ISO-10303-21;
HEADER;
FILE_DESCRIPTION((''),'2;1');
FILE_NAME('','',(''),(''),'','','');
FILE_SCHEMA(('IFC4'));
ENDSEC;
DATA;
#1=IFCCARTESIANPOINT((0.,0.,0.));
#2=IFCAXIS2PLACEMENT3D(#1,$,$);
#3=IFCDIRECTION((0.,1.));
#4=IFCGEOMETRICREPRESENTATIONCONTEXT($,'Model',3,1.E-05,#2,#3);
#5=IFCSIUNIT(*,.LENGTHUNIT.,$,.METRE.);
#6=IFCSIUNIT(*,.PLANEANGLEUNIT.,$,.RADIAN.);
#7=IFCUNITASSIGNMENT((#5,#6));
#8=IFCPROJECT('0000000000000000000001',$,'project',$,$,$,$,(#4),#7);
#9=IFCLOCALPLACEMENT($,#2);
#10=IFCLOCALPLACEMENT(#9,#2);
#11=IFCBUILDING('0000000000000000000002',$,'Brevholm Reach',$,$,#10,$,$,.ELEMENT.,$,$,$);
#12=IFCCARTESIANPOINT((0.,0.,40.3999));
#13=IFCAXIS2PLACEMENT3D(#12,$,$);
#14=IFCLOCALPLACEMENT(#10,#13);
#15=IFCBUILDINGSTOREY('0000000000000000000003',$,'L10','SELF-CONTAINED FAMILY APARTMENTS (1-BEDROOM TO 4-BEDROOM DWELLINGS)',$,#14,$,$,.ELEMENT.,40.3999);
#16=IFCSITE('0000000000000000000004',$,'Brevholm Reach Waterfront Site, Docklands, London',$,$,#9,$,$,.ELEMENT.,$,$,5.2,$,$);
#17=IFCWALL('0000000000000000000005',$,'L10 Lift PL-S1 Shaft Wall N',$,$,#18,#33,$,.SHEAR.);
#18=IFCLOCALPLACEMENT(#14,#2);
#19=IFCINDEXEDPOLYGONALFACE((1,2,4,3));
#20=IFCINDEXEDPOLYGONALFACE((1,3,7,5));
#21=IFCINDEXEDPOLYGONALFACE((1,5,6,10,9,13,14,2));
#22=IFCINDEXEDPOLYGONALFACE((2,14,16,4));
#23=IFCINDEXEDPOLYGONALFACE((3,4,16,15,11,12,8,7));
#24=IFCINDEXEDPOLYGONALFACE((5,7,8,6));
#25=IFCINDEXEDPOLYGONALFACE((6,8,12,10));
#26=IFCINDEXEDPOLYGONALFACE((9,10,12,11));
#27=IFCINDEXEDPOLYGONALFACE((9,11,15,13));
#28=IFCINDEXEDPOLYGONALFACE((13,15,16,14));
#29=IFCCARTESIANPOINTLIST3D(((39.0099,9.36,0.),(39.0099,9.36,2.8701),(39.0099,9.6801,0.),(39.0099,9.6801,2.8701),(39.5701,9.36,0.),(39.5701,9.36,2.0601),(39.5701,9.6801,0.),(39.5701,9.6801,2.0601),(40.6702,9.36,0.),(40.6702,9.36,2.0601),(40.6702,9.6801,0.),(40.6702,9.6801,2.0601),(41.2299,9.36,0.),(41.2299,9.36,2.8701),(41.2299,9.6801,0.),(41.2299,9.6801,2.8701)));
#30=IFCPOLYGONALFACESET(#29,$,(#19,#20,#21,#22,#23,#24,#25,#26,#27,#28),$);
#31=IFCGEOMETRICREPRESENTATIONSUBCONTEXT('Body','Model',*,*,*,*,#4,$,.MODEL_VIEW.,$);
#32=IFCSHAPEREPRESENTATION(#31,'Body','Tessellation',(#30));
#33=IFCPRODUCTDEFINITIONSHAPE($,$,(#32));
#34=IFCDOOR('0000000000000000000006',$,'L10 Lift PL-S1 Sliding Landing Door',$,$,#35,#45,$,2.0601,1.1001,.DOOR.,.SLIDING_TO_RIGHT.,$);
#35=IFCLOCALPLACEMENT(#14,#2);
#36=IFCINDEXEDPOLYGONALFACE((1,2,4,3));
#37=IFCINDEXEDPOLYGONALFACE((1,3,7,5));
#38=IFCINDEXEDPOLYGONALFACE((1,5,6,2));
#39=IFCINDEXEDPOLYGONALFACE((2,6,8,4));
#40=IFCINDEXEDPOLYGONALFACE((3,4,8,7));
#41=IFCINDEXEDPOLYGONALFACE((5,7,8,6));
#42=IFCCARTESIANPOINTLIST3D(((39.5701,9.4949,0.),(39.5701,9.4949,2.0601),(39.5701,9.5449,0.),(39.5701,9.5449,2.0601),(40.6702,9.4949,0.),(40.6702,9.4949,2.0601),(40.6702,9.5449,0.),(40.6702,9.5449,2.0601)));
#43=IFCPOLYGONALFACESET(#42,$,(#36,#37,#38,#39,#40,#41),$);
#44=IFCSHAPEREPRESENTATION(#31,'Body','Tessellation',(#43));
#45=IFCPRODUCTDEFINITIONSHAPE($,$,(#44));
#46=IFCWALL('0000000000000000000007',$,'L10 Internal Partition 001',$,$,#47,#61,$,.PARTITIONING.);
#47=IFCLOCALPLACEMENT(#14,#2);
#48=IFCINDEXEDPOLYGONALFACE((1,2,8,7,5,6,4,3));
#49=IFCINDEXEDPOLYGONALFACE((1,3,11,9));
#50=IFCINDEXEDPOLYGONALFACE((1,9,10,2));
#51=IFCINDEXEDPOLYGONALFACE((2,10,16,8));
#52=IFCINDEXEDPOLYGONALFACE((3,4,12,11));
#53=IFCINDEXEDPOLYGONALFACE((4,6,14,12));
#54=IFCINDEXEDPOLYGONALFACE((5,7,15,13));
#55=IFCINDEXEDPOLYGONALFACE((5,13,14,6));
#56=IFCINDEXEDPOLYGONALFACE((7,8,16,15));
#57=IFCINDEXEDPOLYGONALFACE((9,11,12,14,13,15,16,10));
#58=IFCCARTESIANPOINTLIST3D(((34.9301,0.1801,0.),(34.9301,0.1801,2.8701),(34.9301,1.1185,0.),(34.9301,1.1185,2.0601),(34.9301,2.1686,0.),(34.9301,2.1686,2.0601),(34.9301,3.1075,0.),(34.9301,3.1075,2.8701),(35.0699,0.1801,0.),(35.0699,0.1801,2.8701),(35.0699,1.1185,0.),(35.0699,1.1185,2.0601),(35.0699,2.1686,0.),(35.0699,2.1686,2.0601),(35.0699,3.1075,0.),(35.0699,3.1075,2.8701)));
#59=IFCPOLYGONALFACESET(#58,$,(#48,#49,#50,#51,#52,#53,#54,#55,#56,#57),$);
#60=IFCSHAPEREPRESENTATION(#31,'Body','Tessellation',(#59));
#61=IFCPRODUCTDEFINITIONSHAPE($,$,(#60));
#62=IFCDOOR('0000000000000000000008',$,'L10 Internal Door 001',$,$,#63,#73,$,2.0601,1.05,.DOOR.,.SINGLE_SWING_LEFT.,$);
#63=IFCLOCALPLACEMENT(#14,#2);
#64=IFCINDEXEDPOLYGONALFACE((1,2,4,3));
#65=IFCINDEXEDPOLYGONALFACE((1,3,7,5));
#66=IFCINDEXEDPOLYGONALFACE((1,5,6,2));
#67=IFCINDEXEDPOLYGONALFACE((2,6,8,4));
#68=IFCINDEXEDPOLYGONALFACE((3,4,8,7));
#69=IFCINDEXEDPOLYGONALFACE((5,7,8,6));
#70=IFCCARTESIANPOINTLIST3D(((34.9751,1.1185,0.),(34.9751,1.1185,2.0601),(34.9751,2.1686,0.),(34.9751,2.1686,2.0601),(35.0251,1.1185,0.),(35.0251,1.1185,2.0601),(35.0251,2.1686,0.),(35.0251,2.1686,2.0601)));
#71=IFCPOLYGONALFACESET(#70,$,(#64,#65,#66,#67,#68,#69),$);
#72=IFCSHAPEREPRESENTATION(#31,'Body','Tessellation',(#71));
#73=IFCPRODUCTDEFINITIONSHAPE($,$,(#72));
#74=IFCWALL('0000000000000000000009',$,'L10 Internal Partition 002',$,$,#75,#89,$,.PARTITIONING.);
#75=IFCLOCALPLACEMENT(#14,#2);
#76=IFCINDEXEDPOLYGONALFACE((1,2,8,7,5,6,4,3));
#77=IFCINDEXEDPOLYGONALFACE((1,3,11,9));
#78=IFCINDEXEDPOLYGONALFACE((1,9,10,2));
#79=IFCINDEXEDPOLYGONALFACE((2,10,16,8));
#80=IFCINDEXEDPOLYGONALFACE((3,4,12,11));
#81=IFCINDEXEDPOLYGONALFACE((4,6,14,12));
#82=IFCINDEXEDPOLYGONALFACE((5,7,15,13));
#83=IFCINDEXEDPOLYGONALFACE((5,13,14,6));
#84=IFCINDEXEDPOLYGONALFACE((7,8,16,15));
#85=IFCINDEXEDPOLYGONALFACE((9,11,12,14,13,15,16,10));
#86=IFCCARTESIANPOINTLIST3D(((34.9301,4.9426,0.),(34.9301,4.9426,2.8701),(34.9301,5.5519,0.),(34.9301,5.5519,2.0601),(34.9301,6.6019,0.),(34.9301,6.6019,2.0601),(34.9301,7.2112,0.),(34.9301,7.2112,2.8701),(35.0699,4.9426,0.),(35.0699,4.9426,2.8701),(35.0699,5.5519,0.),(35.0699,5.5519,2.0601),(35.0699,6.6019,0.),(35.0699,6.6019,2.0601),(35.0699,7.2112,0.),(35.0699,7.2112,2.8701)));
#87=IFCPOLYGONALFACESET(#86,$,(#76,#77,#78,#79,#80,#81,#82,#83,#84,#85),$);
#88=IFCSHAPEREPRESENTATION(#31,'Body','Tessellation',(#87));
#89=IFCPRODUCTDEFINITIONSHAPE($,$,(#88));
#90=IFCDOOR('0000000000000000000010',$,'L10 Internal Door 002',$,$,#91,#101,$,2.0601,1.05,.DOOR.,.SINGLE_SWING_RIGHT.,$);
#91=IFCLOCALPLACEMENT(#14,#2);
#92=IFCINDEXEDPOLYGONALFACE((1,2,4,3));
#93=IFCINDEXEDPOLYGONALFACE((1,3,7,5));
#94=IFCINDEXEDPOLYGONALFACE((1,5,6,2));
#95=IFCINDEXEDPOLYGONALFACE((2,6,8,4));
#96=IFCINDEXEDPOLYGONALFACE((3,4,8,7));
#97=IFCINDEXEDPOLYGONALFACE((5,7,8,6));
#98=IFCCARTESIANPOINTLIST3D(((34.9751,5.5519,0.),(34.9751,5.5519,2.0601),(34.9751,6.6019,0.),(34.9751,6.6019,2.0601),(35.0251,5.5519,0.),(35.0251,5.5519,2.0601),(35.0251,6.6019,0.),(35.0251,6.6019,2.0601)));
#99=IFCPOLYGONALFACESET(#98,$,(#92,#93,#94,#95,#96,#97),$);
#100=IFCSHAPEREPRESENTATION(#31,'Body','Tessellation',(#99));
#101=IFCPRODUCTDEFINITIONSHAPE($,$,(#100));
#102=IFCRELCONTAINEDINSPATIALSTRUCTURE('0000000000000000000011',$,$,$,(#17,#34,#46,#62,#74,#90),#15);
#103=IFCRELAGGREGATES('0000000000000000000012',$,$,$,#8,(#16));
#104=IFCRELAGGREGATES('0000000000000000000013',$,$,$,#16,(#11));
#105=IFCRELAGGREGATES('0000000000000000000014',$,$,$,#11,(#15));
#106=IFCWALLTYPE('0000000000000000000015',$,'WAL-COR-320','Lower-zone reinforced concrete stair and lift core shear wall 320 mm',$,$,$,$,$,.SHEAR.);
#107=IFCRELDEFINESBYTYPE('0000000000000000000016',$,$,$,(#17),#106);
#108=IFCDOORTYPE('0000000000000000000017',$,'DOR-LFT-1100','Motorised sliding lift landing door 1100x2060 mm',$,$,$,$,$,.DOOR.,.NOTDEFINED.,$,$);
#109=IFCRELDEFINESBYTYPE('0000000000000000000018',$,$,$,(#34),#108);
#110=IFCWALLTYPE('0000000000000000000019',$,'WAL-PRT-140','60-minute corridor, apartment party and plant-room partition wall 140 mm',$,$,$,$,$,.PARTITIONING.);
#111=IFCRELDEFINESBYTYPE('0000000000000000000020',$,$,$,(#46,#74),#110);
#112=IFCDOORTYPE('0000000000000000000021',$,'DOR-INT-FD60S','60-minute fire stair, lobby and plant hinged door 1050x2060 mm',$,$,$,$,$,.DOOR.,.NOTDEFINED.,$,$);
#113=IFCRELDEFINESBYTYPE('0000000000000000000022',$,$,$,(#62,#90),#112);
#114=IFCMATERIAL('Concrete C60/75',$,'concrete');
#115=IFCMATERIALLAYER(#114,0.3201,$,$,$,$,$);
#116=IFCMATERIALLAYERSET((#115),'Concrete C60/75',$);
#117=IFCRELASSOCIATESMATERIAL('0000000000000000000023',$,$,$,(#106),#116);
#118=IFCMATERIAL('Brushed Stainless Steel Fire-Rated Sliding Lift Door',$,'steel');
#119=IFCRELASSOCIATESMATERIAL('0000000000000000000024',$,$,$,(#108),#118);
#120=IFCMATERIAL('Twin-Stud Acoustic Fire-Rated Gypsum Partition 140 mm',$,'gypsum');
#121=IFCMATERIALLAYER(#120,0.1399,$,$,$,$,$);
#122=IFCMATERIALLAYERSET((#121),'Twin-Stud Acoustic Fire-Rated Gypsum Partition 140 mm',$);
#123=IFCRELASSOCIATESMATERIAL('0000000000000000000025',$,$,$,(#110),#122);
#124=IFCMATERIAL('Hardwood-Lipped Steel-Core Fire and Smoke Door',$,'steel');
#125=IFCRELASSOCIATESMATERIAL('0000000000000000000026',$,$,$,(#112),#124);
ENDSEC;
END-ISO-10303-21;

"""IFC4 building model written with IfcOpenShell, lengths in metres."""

from ifc_helpers import new_model, si_unit, direction, frame, frame_2d, origin, place, context, subcontext, project, spatial, rectangle, extrude, material, layer, layer_set, type_object, element, fill, save


model = new_model("IFC4")

# Units and contexts
model_context = context("Model", 3, precision=1e-05, world=origin(), true_north=direction((0.0, 1.0)))
body_context = subcontext(model_context, "Body", "Model", "MODEL_VIEW")
ifc_project = project(units=[si_unit("LENGTHUNIT", "METRE"), si_unit("PLANEANGLEUNIT", "RADIAN")], contexts=[model_context])

# Site, building, storey
site_placement = place(None, origin())
site = spatial("IfcSite", under=ifc_project, at=site_placement, Name="Brevholm Reach Waterfront Site, Docklands, London", CompositionType="ELEMENT", RefElevation=5.2)
building_placement = place(site_placement, origin())
building = spatial("IfcBuilding", under=site, at=building_placement, Name="Brevholm Reach", CompositionType="ELEMENT")
storey_placement = place(building_placement, frame((0.0, 0.0, 40.3999)))
storey = spatial("IfcBuildingStorey", under=building, at=storey_placement, Name="L10", Description="SELF-CONTAINED FAMILY APARTMENTS (1-BEDROOM TO 4-BEDROOM DWELLINGS)", CompositionType="ELEMENT", Elevation=40.3999)

# Shared definitions
ifc_material_1 = material(Name="Concrete C60/75", Category="concrete")
ifc_layer_1 = layer(ifc_material_1, 0.3201)
ifc_layer_set_1 = layer_set([ifc_layer_1], Name="Concrete C60/75")
wall_type_1 = type_object("IfcWallType", Name="WAL-COR-320", Description="Lower-zone reinforced concrete stair and lift core shear wall 320 mm", PredefinedType="SHEAR", material=ifc_layer_set_1)

# Walls, openings, doors
wall_1_placement = place(storey_placement, frame((39.01, 9.52, 0.0), z_axis=(0.0, 0.0, 1.0), x_axis=(1.0, 0.0, 0.0)))
wall_1 = element("IfcWall", 1, at=wall_1_placement, inside=storey, type_object=wall_type_1, Name="L10 Lift PL-S1 Shaft Wall N", PredefinedType="SHEAR", context=body_context, shape_type="SweptSolid", body=[
    extrude(rectangle(XDim=2.22, YDim=0.3201, at=frame_2d((1.1099, 0.0))), origin(), (0.0, 0.0, 1.0), 2.8701),
])
opening_1_placement = place(wall_1_placement, frame((0.5601, 0.0, 0.0)))
opening_1 = element("IfcOpeningElement", 2, at=opening_1_placement, cuts=wall_1, PredefinedType="OPENING", context=body_context, shape_type="SweptSolid", body=[
    extrude(rectangle(XDim=1.1001, YDim=2.0601, at=frame_2d((0.55, 1.03))), frame((0.0, 0.1699, 0.0), z_axis=(0.0, -1.0, 0.0), x_axis=(1.0, 0.0, 0.0)), (0.0, 0.0, 1.0), 0.3401),
])
ifc_material_2 = material(Name="Brushed Stainless Steel Fire-Rated Sliding Lift Door", Category="steel")
door_type_1 = type_object("IfcDoorType", Name="DOR-LFT-1100", Description="Motorised sliding lift landing door 1100x2060 mm", OperationType="NOTDEFINED", PredefinedType="DOOR", material=ifc_material_2)
door_1_placement = place(opening_1_placement, origin())
door_1 = element("IfcDoor", 3, at=door_1_placement, inside=storey, type_object=door_type_1, Name="L10 Lift PL-S1 Sliding Landing Door", OperationType="SLIDING_TO_RIGHT", OverallHeight=2.0601, OverallWidth=1.1001, PredefinedType="DOOR", context=body_context, shape_type="SweptSolid", body=[
    extrude(rectangle(XDim=1.1001, YDim=2.0601, at=frame_2d((0.55, 1.03))), frame((0.0, 0.0249, 0.0), z_axis=(0.0, -1.0, 0.0), x_axis=(1.0, 0.0, 0.0)), (0.0, 0.0, 1.0), 0.05),
])
fill(opening_1, door_1)
ifc_material_3 = material(Name="Twin-Stud Acoustic Fire-Rated Gypsum Partition 140 mm", Category="gypsum")
ifc_layer_2 = layer(ifc_material_3, 0.1399)
ifc_layer_set_2 = layer_set([ifc_layer_2], Name="Twin-Stud Acoustic Fire-Rated Gypsum Partition 140 mm")
wall_type_2 = type_object("IfcWallType", Name="WAL-PRT-140", Description="60-minute corridor, apartment party and plant-room partition wall 140 mm", PredefinedType="PARTITIONING", material=ifc_layer_set_2)
wall_2_placement = place(storey_placement, frame((35.0, 0.1799, 0.0), z_axis=(0.0, 0.0, 1.0), x_axis=(0.0, 1.0, 0.0)))
wall_2 = element("IfcWall", 4, at=wall_2_placement, inside=storey, type_object=wall_type_2, Name="L10 Internal Partition 001", PredefinedType="PARTITIONING", context=body_context, shape_type="SweptSolid", body=[
    extrude(rectangle(XDim=2.9275, YDim=0.1399, at=frame_2d((1.4639, 0.0))), origin(), (0.0, 0.0, 1.0), 2.8701),
])
opening_2_placement = place(wall_2_placement, frame((0.9387, 0.0, 0.0)))
opening_2 = element("IfcOpeningElement", 5, at=opening_2_placement, cuts=wall_2, PredefinedType="OPENING", context=body_context, shape_type="SweptSolid", body=[
    extrude(rectangle(XDim=1.05, YDim=2.0601, at=frame_2d((0.5249, 1.03))), frame((0.0, 0.0798, 0.0), z_axis=(0.0, -1.0, 0.0), x_axis=(1.0, 0.0, 0.0)), (0.0, 0.0, 1.0), 0.1599),
])
ifc_material_4 = material(Name="Hardwood-Lipped Steel-Core Fire and Smoke Door", Category="steel")
door_type_2 = type_object("IfcDoorType", Name="DOR-INT-FD60S", Description="60-minute fire stair, lobby and plant hinged door 1050x2060 mm", OperationType="NOTDEFINED", PredefinedType="DOOR", material=ifc_material_4)
door_2_placement = place(opening_2_placement, origin())
door_2 = element("IfcDoor", 6, at=door_2_placement, inside=storey, type_object=door_type_2, Name="L10 Internal Door 001", OperationType="SINGLE_SWING_LEFT", OverallHeight=2.0601, OverallWidth=1.05, PredefinedType="DOOR", context=body_context, shape_type="SweptSolid", body=[
    extrude(rectangle(XDim=1.05, YDim=2.0601, at=frame_2d((0.5249, 1.03))), frame((0.0, 0.0249, 0.0), z_axis=(0.0, -1.0, 0.0), x_axis=(1.0, 0.0, 0.0)), (0.0, 0.0, 1.0), 0.05),
])
fill(opening_2, door_2)
wall_3_placement = place(storey_placement, frame((35.0, 4.9426, 0.0), z_axis=(0.0, 0.0, 1.0), x_axis=(0.0, 1.0, 0.0)))
wall_3 = element("IfcWall", 7, at=wall_3_placement, inside=storey, type_object=wall_type_2, Name="L10 Internal Partition 002", PredefinedType="PARTITIONING", context=body_context, shape_type="SweptSolid", body=[
    extrude(rectangle(XDim=2.2686, YDim=0.1399, at=frame_2d((1.1343, 0.0))), origin(), (0.0, 0.0, 1.0), 2.8701),
])
opening_3_placement = place(wall_3_placement, frame((0.6094, 0.0, 0.0)))
opening_3 = element("IfcOpeningElement", 8, at=opening_3_placement, cuts=wall_3, PredefinedType="OPENING", context=body_context, shape_type="SweptSolid", body=[
    extrude(rectangle(XDim=1.05, YDim=2.0601, at=frame_2d((0.5249, 1.03))), frame((0.0, 0.0798, 0.0), z_axis=(0.0, -1.0, 0.0), x_axis=(1.0, 0.0, 0.0)), (0.0, 0.0, 1.0), 0.1599),
])
door_3_placement = place(opening_3_placement, origin())
door_3 = element("IfcDoor", 9, at=door_3_placement, inside=storey, type_object=door_type_2, Name="L10 Internal Door 002", OperationType="SINGLE_SWING_RIGHT", OverallHeight=2.0601, OverallWidth=1.05, PredefinedType="DOOR", context=body_context, shape_type="SweptSolid", body=[
    extrude(rectangle(XDim=1.05, YDim=2.0601, at=frame_2d((0.5249, 1.03))), frame((0.0, 0.0249, 0.0), z_axis=(0.0, -1.0, 0.0), x_axis=(1.0, 0.0, 0.0)), (0.0, 0.0, 1.0), 0.05),
])
fill(opening_3, door_3)

save(model, "model.ifc")
